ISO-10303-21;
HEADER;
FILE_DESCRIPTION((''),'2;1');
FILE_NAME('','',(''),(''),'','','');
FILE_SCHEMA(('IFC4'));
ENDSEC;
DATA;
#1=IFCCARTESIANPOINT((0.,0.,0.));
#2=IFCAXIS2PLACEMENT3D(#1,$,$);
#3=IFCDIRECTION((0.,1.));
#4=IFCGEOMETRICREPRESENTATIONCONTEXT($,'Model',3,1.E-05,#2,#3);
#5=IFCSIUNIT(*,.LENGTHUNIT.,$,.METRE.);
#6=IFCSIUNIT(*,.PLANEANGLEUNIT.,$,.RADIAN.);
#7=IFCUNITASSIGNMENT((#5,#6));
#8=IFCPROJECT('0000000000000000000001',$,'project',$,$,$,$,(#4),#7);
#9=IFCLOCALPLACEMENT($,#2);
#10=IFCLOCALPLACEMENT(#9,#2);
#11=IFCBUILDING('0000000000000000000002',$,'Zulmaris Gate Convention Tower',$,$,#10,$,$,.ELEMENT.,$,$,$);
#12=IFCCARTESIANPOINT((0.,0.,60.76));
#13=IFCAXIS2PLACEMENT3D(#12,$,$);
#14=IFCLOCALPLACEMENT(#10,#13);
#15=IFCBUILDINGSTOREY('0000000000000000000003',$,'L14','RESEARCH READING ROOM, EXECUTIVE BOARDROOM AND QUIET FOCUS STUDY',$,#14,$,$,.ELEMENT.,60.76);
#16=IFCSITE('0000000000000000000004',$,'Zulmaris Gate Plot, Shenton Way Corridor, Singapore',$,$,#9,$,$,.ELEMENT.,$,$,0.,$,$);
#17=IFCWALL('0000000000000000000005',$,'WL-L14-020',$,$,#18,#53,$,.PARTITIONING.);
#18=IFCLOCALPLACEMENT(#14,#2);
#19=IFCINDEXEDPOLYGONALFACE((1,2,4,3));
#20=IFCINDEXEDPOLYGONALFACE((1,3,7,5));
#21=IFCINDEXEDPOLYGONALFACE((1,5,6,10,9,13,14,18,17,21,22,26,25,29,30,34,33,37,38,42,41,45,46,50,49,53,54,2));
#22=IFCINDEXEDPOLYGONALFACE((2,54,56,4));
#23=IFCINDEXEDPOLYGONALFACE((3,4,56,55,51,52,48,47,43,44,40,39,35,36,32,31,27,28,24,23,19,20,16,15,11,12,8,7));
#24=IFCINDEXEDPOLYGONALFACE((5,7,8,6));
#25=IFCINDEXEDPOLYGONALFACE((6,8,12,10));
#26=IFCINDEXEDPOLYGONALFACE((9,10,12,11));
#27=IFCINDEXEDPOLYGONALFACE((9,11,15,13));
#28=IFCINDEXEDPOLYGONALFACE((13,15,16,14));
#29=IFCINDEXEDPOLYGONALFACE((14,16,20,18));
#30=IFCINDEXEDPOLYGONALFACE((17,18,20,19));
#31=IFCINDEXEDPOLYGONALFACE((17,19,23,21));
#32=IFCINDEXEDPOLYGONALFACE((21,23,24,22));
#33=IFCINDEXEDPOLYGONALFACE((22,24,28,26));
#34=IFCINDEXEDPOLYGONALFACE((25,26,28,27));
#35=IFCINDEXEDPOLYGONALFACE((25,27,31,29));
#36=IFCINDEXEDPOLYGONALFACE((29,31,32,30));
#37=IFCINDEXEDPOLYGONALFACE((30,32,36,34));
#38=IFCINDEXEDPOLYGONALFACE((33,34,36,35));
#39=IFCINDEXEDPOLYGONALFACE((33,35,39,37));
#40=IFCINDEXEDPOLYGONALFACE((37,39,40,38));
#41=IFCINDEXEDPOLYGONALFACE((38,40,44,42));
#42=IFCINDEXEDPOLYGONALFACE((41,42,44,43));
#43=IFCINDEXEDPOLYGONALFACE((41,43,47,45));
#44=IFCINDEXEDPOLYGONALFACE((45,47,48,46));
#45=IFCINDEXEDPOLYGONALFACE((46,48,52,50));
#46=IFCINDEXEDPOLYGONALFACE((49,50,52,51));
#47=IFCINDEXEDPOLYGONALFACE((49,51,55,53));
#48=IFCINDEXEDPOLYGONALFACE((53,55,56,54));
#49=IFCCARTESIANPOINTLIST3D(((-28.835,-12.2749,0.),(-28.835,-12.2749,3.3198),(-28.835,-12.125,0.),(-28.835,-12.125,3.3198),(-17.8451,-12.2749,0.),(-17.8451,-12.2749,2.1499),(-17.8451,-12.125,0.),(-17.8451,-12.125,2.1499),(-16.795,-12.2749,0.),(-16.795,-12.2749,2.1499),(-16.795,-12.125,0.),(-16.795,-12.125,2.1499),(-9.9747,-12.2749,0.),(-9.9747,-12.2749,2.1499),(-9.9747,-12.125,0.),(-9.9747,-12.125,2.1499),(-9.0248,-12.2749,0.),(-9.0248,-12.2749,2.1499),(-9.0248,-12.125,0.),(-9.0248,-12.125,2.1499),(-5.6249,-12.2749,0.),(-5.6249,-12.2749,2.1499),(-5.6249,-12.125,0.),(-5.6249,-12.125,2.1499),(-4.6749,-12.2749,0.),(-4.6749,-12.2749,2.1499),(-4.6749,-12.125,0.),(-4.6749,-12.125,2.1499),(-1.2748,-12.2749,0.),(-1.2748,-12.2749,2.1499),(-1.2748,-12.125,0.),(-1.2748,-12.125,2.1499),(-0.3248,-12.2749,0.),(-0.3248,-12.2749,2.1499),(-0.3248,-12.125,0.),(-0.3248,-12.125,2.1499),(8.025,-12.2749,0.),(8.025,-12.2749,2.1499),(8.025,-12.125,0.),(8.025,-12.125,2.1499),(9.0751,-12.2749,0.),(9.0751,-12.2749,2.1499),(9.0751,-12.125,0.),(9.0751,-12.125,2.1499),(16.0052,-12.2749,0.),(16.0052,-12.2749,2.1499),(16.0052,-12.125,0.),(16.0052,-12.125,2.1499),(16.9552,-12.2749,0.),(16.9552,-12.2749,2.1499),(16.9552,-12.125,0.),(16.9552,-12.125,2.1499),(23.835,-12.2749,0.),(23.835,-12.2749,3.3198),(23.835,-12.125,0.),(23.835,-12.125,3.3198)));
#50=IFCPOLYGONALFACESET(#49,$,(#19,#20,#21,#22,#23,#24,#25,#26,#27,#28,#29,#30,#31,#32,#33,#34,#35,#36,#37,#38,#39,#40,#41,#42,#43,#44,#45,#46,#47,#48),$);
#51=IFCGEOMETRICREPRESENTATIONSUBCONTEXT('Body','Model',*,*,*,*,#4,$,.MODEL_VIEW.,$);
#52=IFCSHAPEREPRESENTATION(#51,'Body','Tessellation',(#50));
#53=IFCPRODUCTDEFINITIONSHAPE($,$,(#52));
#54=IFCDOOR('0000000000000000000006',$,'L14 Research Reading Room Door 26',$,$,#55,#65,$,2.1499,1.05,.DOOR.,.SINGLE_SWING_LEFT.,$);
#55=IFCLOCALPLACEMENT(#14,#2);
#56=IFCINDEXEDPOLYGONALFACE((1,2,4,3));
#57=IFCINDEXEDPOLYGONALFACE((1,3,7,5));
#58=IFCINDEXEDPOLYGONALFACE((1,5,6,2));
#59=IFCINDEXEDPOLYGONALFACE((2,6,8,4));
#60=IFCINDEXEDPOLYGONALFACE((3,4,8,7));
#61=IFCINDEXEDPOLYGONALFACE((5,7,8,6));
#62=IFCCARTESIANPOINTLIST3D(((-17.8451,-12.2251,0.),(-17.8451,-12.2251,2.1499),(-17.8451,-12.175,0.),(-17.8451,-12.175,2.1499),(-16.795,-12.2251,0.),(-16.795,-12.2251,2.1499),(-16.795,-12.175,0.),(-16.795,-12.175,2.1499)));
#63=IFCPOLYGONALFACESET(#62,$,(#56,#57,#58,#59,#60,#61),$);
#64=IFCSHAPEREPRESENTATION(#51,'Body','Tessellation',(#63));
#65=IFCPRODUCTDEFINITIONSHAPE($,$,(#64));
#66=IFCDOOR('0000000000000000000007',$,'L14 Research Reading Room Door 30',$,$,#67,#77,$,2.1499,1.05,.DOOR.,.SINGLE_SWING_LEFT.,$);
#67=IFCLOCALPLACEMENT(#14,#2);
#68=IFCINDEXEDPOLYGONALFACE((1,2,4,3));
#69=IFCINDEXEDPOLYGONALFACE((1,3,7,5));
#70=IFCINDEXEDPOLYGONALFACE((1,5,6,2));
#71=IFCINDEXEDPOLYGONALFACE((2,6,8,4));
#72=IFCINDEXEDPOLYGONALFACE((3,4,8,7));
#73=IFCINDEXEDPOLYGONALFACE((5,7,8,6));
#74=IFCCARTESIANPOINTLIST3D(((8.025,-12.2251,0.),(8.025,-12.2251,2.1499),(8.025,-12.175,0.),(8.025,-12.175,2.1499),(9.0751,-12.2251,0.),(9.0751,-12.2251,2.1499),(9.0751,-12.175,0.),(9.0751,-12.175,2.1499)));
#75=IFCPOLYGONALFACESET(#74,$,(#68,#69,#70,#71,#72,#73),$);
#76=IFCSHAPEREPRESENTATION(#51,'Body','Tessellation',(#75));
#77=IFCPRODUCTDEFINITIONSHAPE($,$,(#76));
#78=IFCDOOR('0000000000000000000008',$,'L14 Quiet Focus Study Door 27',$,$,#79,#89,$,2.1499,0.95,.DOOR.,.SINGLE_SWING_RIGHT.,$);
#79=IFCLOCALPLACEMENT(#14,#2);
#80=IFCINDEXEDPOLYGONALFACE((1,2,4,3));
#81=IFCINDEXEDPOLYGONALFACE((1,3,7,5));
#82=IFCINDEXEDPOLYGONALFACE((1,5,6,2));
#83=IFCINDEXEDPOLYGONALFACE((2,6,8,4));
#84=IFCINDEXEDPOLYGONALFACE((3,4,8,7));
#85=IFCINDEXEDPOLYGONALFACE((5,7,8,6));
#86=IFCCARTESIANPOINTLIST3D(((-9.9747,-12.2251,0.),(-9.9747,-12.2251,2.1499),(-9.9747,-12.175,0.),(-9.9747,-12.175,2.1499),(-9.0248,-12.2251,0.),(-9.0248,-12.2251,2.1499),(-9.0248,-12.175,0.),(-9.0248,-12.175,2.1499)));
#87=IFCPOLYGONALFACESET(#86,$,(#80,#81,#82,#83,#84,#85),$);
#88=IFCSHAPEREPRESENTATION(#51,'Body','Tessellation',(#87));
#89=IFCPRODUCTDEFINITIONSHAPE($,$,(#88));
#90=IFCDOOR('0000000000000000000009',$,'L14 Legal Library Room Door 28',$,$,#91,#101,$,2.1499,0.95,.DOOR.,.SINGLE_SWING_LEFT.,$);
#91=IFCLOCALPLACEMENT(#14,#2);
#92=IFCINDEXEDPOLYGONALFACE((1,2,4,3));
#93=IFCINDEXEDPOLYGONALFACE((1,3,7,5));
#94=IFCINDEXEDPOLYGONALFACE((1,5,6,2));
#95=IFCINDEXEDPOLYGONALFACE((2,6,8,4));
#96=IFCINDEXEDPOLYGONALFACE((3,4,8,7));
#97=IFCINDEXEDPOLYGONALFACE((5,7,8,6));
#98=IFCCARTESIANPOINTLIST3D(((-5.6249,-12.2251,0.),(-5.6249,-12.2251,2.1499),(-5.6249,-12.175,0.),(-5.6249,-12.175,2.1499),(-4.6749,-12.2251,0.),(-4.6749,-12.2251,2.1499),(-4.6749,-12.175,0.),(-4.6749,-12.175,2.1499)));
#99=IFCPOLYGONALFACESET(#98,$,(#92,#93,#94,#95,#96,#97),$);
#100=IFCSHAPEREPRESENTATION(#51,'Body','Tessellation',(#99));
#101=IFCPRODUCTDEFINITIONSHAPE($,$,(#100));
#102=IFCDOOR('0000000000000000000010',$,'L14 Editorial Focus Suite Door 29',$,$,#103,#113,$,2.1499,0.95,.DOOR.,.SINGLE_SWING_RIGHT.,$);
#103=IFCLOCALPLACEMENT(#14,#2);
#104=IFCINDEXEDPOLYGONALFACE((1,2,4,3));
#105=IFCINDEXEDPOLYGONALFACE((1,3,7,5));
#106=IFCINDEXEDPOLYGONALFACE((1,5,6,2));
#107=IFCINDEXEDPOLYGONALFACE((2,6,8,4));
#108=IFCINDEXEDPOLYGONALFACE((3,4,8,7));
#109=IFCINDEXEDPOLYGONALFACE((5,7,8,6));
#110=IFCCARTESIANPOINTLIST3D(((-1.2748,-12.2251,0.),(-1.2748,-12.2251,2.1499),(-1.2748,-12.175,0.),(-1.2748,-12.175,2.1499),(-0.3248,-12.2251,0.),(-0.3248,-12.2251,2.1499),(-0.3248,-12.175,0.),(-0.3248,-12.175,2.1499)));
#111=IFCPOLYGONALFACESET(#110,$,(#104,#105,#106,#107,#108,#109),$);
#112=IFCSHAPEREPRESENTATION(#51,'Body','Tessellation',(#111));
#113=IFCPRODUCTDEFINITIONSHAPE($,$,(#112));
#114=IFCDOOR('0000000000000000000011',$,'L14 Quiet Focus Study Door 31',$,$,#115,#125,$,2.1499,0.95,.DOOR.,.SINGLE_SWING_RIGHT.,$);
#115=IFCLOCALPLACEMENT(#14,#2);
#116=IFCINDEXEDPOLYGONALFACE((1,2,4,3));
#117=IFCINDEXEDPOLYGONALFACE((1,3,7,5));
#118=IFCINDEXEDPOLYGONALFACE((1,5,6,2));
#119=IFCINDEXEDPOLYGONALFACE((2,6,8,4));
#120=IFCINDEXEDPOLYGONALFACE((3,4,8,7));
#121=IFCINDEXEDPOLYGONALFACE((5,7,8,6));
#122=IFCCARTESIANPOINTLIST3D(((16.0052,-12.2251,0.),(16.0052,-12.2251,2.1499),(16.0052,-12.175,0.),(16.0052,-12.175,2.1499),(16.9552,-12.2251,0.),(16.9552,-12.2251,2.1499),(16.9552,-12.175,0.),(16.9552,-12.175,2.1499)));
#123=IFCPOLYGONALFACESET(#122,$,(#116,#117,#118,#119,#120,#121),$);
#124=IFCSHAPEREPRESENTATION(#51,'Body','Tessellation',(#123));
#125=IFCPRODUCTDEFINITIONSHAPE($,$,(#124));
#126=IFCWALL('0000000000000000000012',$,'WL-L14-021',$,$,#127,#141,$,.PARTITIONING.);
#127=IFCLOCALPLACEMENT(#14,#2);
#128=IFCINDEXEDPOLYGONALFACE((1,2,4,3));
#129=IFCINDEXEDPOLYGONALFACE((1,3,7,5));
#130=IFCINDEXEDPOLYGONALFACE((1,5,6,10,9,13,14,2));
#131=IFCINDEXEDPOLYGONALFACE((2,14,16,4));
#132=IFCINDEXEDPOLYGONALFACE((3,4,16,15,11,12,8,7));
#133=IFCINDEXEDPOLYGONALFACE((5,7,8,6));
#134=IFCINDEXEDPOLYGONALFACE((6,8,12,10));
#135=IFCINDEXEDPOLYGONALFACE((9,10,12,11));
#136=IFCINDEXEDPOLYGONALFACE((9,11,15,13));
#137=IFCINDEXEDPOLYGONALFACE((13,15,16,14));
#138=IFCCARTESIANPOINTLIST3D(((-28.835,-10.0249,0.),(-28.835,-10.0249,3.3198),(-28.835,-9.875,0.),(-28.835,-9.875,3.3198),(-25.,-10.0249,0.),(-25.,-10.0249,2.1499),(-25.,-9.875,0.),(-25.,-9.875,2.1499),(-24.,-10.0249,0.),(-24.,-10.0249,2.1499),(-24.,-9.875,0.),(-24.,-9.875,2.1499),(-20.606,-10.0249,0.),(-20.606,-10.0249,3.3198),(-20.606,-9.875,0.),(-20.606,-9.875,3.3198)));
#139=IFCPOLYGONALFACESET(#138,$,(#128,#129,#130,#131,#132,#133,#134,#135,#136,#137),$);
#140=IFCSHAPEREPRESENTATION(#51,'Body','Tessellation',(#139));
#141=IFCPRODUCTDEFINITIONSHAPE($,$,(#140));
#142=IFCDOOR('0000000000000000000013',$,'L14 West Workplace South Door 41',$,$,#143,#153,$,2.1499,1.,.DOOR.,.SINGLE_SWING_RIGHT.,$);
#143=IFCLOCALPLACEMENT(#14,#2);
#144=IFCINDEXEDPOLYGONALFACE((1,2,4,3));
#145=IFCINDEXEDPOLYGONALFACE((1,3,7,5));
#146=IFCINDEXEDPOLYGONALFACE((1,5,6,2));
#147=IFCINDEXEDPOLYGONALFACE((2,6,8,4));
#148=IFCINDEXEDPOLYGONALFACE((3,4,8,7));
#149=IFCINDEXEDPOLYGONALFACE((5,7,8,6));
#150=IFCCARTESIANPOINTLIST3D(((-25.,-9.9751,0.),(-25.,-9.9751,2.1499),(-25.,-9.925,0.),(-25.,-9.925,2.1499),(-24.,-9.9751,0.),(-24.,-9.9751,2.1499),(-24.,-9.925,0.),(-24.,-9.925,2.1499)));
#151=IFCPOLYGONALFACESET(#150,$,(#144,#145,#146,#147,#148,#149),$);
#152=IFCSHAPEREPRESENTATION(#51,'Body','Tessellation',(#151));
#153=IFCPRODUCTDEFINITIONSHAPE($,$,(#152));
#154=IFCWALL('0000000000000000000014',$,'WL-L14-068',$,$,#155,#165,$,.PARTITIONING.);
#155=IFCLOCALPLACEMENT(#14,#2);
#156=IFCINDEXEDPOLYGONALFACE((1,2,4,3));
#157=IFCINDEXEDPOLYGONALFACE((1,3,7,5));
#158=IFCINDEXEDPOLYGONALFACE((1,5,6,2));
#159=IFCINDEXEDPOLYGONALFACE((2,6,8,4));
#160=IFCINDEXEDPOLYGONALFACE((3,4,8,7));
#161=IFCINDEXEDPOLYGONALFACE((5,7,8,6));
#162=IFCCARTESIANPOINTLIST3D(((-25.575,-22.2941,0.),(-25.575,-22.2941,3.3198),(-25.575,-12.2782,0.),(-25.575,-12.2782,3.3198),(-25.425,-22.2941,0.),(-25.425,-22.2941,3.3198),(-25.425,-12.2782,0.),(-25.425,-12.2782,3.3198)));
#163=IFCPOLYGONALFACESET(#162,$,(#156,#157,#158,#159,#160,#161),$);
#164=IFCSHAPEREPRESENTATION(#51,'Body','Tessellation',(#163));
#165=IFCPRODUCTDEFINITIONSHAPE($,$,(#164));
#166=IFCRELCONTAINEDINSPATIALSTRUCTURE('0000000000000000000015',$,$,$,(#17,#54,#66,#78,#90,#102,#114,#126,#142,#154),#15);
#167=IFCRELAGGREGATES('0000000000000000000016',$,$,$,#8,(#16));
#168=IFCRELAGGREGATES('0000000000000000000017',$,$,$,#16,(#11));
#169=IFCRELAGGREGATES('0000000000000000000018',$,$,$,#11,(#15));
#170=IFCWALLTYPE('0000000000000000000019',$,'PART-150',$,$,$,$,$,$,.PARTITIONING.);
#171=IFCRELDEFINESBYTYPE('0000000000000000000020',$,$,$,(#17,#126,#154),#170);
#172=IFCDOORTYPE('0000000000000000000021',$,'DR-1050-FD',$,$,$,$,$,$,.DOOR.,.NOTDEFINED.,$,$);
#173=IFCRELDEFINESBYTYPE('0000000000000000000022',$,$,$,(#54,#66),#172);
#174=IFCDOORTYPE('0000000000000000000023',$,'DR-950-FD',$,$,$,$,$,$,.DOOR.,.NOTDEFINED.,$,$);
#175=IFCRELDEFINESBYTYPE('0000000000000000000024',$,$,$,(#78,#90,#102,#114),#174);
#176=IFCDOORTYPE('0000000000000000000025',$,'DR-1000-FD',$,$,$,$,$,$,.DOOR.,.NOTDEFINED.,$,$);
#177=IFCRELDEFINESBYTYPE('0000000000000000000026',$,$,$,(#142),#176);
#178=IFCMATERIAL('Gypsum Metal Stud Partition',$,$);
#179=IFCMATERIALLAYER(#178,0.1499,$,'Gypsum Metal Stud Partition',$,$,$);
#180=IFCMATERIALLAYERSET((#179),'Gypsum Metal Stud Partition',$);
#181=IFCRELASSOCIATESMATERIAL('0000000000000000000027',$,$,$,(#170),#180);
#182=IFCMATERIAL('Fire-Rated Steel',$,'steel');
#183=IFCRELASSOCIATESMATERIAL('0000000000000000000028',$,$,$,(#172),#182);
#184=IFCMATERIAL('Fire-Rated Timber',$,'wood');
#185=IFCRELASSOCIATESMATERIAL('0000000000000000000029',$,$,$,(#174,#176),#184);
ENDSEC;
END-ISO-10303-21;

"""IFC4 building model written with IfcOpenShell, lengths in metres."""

from ifc_helpers import new_model, si_unit, direction, frame, frame_2d, origin, place, context, subcontext, project, spatial, rectangle, extrude, material, layer, layer_set, type_object, element, fill, save


model = new_model("IFC4")

# Units and contexts
model_context = context("Model", 3, precision=1e-05, world=origin(), true_north=direction((0.0, 1.0)))
body_context = subcontext(model_context, "Body", "Model", "MODEL_VIEW")
ifc_project = project(units=[si_unit("LENGTHUNIT", "METRE"), si_unit("PLANEANGLEUNIT", "RADIAN")], contexts=[model_context])

# Site, building, storey
site_placement = place(None, origin())
site = spatial("IfcSite", under=ifc_project, at=site_placement, Name="Zulmaris Gate Plot, Shenton Way Corridor, Singapore", CompositionType="ELEMENT", RefElevation=0.0)
building_placement = place(site_placement, origin())
building = spatial("IfcBuilding", under=site, at=building_placement, Name="Zulmaris Gate Convention Tower", CompositionType="ELEMENT")
storey_placement = place(building_placement, frame((0.0, 0.0, 60.76)))
storey = spatial("IfcBuildingStorey", under=building, at=storey_placement, Name="L14", Description="RESEARCH READING ROOM, EXECUTIVE BOARDROOM AND QUIET FOCUS STUDY", CompositionType="ELEMENT", Elevation=60.76)

# Wall, openings, doors
ifc_material_1 = material(Name="Gypsum Metal Stud Partition")
ifc_layer_1 = layer(ifc_material_1, 0.1499, Name="Gypsum Metal Stud Partition")
ifc_layer_set_1 = layer_set([ifc_layer_1], Name="Gypsum Metal Stud Partition")
wall_type_1 = type_object("IfcWallType", Name="PART-150", PredefinedType="PARTITIONING", material=ifc_layer_set_1)
wall_1_placement = place(storey_placement, frame((-28.835, -12.2, 0.0), z_axis=(0.0, 0.0, 1.0), x_axis=(1.0, 0.0, 0.0)))
wall_1 = element("IfcWall", 1, at=wall_1_placement, inside=storey, type_object=wall_type_1, Name="WL-L14-020", PredefinedType="PARTITIONING", context=body_context, shape_type="SweptSolid", body=[
    extrude(rectangle(XDim=52.6699, YDim=0.1499, at=frame_2d((26.335, 0.0))), origin(), (0.0, 0.0, 1.0), 3.3198),
])
opening_1_placement = place(wall_1_placement, frame((10.99, 0.0, 0.0)))
opening_1 = element("IfcOpeningElement", 2, at=opening_1_placement, cuts=wall_1, PredefinedType="OPENING", context=body_context, shape_type="SweptSolid", body=[
    extrude(rectangle(XDim=1.05, YDim=2.1499, at=frame_2d((0.5249, 1.075))), frame((0.0, 0.085, 0.0), z_axis=(0.0, -1.0, 0.0), x_axis=(1.0, 0.0, 0.0)), (0.0, 0.0, 1.0), 0.1699),
])
opening_2_placement = place(wall_1_placement, frame((18.8601, 0.0, 0.0)))
opening_2 = element("IfcOpeningElement", 3, at=opening_2_placement, cuts=wall_1, PredefinedType="OPENING", context=body_context, shape_type="SweptSolid", body=[
    extrude(rectangle(XDim=0.95, YDim=2.1499, at=frame_2d((0.4751, 1.075))), frame((0.0, 0.085, 0.0), z_axis=(0.0, -1.0, 0.0), x_axis=(1.0, 0.0, 0.0)), (0.0, 0.0, 1.0), 0.1699),
])
opening_3_placement = place(wall_1_placement, frame((23.21, 0.0, 0.0)))
opening_3 = element("IfcOpeningElement", 4, at=opening_3_placement, cuts=wall_1, PredefinedType="OPENING", context=body_context, shape_type="SweptSolid", body=[
    extrude(rectangle(XDim=0.95, YDim=2.1499, at=frame_2d((0.4751, 1.075))), frame((0.0, 0.085, 0.0), z_axis=(0.0, -1.0, 0.0), x_axis=(1.0, 0.0, 0.0)), (0.0, 0.0, 1.0), 0.1699),
])
opening_4_placement = place(wall_1_placement, frame((27.5601, 0.0, 0.0)))
opening_4 = element("IfcOpeningElement", 5, at=opening_4_placement, cuts=wall_1, PredefinedType="OPENING", context=body_context, shape_type="SweptSolid", body=[
    extrude(rectangle(XDim=0.95, YDim=2.1499, at=frame_2d((0.4751, 1.075))), frame((0.0, 0.085, 0.0), z_axis=(0.0, -1.0, 0.0), x_axis=(1.0, 0.0, 0.0)), (0.0, 0.0, 1.0), 0.1699),
])
opening_5_placement = place(wall_1_placement, frame((36.8601, 0.0, 0.0)))
opening_5 = element("IfcOpeningElement", 6, at=opening_5_placement, cuts=wall_1, PredefinedType="OPENING", context=body_context, shape_type="SweptSolid", body=[
    extrude(rectangle(XDim=1.05, YDim=2.1499, at=frame_2d((0.5249, 1.075))), frame((0.0, 0.085, 0.0), z_axis=(0.0, -1.0, 0.0), x_axis=(1.0, 0.0, 0.0)), (0.0, 0.0, 1.0), 0.1699),
])
opening_6_placement = place(wall_1_placement, frame((44.8401, 0.0, 0.0)))
opening_6 = element("IfcOpeningElement", 7, at=opening_6_placement, cuts=wall_1, PredefinedType="OPENING", context=body_context, shape_type="SweptSolid", body=[
    extrude(rectangle(XDim=0.95, YDim=2.1499, at=frame_2d((0.4751, 1.075))), frame((0.0, 0.085, 0.0), z_axis=(0.0, -1.0, 0.0), x_axis=(1.0, 0.0, 0.0)), (0.0, 0.0, 1.0), 0.1699),
])
ifc_material_2 = material(Name="Fire-Rated Steel", Category="steel")
door_type_1 = type_object("IfcDoorType", Name="DR-1050-FD", OperationType="NOTDEFINED", PredefinedType="DOOR", material=ifc_material_2)
door_1_placement = place(opening_1_placement, origin())
door_1 = element("IfcDoor", 8, at=door_1_placement, inside=storey, type_object=door_type_1, Name="L14 Research Reading Room Door 26", OperationType="SINGLE_SWING_LEFT", OverallHeight=2.1499, OverallWidth=1.05, PredefinedType="DOOR", context=body_context, shape_type="SweptSolid", body=[
    extrude(rectangle(XDim=1.05, YDim=2.1499, at=frame_2d((0.5249, 1.075))), frame((0.0, 0.0249, 0.0), z_axis=(0.0, -1.0, 0.0), x_axis=(1.0, 0.0, 0.0)), (0.0, 0.0, 1.0), 0.05),
])
fill(opening_1, door_1)
door_2_placement = place(opening_5_placement, origin())
door_2 = element("IfcDoor", 9, at=door_2_placement, inside=storey, type_object=door_type_1, Name="L14 Research Reading Room Door 30", OperationType="SINGLE_SWING_LEFT", OverallHeight=2.1499, OverallWidth=1.05, PredefinedType="DOOR", context=body_context, shape_type="SweptSolid", body=[
    extrude(rectangle(XDim=1.05, YDim=2.1499, at=frame_2d((0.5249, 1.075))), frame((0.0, 0.0249, 0.0), z_axis=(0.0, -1.0, 0.0), x_axis=(1.0, 0.0, 0.0)), (0.0, 0.0, 1.0), 0.05),
])
fill(opening_5, door_2)
ifc_material_3 = material(Name="Fire-Rated Timber", Category="wood")
door_type_2 = type_object("IfcDoorType", Name="DR-950-FD", OperationType="NOTDEFINED", PredefinedType="DOOR", material=ifc_material_3)
door_3_placement = place(opening_2_placement, origin())
door_3 = element("IfcDoor", 10, at=door_3_placement, inside=storey, type_object=door_type_2, Name="L14 Quiet Focus Study Door 27", OperationType="SINGLE_SWING_RIGHT", OverallHeight=2.1499, OverallWidth=0.95, PredefinedType="DOOR", context=body_context, shape_type="SweptSolid", body=[
    extrude(rectangle(XDim=0.95, YDim=2.1499, at=frame_2d((0.4751, 1.075))), frame((0.0, 0.0249, 0.0), z_axis=(0.0, -1.0, 0.0), x_axis=(1.0, 0.0, 0.0)), (0.0, 0.0, 1.0), 0.05),
])
fill(opening_2, door_3)
door_4_placement = place(opening_3_placement, origin())
door_4 = element("IfcDoor", 11, at=door_4_placement, inside=storey, type_object=door_type_2, Name="L14 Legal Library Room Door 28", OperationType="SINGLE_SWING_LEFT", OverallHeight=2.1499, OverallWidth=0.95, PredefinedType="DOOR", context=body_context, shape_type="SweptSolid", body=[
    extrude(rectangle(XDim=0.95, YDim=2.1499, at=frame_2d((0.4751, 1.075))), frame((0.0, 0.0249, 0.0), z_axis=(0.0, -1.0, 0.0), x_axis=(1.0, 0.0, 0.0)), (0.0, 0.0, 1.0), 0.05),
])
fill(opening_3, door_4)
door_5_placement = place(opening_4_placement, origin())
door_5 = element("IfcDoor", 12, at=door_5_placement, inside=storey, type_object=door_type_2, Name="L14 Editorial Focus Suite Door 29", OperationType="SINGLE_SWING_RIGHT", OverallHeight=2.1499, OverallWidth=0.95, PredefinedType="DOOR", context=body_context, shape_type="SweptSolid", body=[
    extrude(rectangle(XDim=0.95, YDim=2.1499, at=frame_2d((0.4751, 1.075))), frame((0.0, 0.0249, 0.0), z_axis=(0.0, -1.0, 0.0), x_axis=(1.0, 0.0, 0.0)), (0.0, 0.0, 1.0), 0.05),
])
fill(opening_4, door_5)
door_6_placement = place(opening_6_placement, origin())
door_6 = element("IfcDoor", 13, at=door_6_placement, inside=storey, type_object=door_type_2, Name="L14 Quiet Focus Study Door 31", OperationType="SINGLE_SWING_RIGHT", OverallHeight=2.1499, OverallWidth=0.95, PredefinedType="DOOR", context=body_context, shape_type="SweptSolid", body=[
    extrude(rectangle(XDim=0.95, YDim=2.1499, at=frame_2d((0.4751, 1.075))), frame((0.0, 0.0249, 0.0), z_axis=(0.0, -1.0, 0.0), x_axis=(1.0, 0.0, 0.0)), (0.0, 0.0, 1.0), 0.05),
])
fill(opening_6, door_6)

# Wall, opening, door
wall_2_placement = place(storey_placement, frame((-28.835, -9.95, 0.0), z_axis=(0.0, 0.0, 1.0), x_axis=(1.0, 0.0, 0.0)))
wall_2 = element("IfcWall", 14, at=wall_2_placement, inside=storey, type_object=wall_type_1, Name="WL-L14-021", PredefinedType="PARTITIONING", context=body_context, shape_type="SweptSolid", body=[
    extrude(rectangle(XDim=8.229, YDim=0.1499, at=frame_2d((4.1145, 0.0))), origin(), (0.0, 0.0, 1.0), 3.3198),
])
opening_7_placement = place(wall_2_placement, frame((3.835, 0.0, 0.0)))
opening_7 = element("IfcOpeningElement", 15, at=opening_7_placement, cuts=wall_2, PredefinedType="OPENING", context=body_context, shape_type="SweptSolid", body=[
    extrude(rectangle(XDim=1.0, YDim=2.1499, at=frame_2d((0.5, 1.075))), frame((0.0, 0.085, 0.0), z_axis=(0.0, -1.0, 0.0), x_axis=(1.0, 0.0, 0.0)), (0.0, 0.0, 1.0), 0.1699),
])
door_type_3 = type_object("IfcDoorType", Name="DR-1000-FD", OperationType="NOTDEFINED", PredefinedType="DOOR", material=ifc_material_3)
door_7_placement = place(opening_7_placement, origin())
door_7 = element("IfcDoor", 16, at=door_7_placement, inside=storey, type_object=door_type_3, Name="L14 West Workplace South Door 41", OperationType="SINGLE_SWING_RIGHT", OverallHeight=2.1499, OverallWidth=1.0, PredefinedType="DOOR", context=body_context, shape_type="SweptSolid", body=[
    extrude(rectangle(XDim=1.0, YDim=2.1499, at=frame_2d((0.5, 1.075))), frame((0.0, 0.0249, 0.0), z_axis=(0.0, -1.0, 0.0), x_axis=(1.0, 0.0, 0.0)), (0.0, 0.0, 1.0), 0.05),
])
fill(opening_7, door_7)

# Wall
wall_3_placement = place(storey_placement, frame((-25.5, -22.2939, 0.0), z_axis=(0.0, 0.0, 1.0), x_axis=(0.0, 1.0, 0.0)))
element("IfcWall", 17, at=wall_3_placement, inside=storey, type_object=wall_type_1, Name="WL-L14-068", PredefinedType="PARTITIONING", context=body_context, shape_type="SweptSolid", body=[
    extrude(rectangle(XDim=10.0159, YDim=0.1499, at=frame_2d((5.0078, 0.0))), origin(), (0.0, 0.0, 1.0), 3.3198),
])

save(model, "model.ifc")
